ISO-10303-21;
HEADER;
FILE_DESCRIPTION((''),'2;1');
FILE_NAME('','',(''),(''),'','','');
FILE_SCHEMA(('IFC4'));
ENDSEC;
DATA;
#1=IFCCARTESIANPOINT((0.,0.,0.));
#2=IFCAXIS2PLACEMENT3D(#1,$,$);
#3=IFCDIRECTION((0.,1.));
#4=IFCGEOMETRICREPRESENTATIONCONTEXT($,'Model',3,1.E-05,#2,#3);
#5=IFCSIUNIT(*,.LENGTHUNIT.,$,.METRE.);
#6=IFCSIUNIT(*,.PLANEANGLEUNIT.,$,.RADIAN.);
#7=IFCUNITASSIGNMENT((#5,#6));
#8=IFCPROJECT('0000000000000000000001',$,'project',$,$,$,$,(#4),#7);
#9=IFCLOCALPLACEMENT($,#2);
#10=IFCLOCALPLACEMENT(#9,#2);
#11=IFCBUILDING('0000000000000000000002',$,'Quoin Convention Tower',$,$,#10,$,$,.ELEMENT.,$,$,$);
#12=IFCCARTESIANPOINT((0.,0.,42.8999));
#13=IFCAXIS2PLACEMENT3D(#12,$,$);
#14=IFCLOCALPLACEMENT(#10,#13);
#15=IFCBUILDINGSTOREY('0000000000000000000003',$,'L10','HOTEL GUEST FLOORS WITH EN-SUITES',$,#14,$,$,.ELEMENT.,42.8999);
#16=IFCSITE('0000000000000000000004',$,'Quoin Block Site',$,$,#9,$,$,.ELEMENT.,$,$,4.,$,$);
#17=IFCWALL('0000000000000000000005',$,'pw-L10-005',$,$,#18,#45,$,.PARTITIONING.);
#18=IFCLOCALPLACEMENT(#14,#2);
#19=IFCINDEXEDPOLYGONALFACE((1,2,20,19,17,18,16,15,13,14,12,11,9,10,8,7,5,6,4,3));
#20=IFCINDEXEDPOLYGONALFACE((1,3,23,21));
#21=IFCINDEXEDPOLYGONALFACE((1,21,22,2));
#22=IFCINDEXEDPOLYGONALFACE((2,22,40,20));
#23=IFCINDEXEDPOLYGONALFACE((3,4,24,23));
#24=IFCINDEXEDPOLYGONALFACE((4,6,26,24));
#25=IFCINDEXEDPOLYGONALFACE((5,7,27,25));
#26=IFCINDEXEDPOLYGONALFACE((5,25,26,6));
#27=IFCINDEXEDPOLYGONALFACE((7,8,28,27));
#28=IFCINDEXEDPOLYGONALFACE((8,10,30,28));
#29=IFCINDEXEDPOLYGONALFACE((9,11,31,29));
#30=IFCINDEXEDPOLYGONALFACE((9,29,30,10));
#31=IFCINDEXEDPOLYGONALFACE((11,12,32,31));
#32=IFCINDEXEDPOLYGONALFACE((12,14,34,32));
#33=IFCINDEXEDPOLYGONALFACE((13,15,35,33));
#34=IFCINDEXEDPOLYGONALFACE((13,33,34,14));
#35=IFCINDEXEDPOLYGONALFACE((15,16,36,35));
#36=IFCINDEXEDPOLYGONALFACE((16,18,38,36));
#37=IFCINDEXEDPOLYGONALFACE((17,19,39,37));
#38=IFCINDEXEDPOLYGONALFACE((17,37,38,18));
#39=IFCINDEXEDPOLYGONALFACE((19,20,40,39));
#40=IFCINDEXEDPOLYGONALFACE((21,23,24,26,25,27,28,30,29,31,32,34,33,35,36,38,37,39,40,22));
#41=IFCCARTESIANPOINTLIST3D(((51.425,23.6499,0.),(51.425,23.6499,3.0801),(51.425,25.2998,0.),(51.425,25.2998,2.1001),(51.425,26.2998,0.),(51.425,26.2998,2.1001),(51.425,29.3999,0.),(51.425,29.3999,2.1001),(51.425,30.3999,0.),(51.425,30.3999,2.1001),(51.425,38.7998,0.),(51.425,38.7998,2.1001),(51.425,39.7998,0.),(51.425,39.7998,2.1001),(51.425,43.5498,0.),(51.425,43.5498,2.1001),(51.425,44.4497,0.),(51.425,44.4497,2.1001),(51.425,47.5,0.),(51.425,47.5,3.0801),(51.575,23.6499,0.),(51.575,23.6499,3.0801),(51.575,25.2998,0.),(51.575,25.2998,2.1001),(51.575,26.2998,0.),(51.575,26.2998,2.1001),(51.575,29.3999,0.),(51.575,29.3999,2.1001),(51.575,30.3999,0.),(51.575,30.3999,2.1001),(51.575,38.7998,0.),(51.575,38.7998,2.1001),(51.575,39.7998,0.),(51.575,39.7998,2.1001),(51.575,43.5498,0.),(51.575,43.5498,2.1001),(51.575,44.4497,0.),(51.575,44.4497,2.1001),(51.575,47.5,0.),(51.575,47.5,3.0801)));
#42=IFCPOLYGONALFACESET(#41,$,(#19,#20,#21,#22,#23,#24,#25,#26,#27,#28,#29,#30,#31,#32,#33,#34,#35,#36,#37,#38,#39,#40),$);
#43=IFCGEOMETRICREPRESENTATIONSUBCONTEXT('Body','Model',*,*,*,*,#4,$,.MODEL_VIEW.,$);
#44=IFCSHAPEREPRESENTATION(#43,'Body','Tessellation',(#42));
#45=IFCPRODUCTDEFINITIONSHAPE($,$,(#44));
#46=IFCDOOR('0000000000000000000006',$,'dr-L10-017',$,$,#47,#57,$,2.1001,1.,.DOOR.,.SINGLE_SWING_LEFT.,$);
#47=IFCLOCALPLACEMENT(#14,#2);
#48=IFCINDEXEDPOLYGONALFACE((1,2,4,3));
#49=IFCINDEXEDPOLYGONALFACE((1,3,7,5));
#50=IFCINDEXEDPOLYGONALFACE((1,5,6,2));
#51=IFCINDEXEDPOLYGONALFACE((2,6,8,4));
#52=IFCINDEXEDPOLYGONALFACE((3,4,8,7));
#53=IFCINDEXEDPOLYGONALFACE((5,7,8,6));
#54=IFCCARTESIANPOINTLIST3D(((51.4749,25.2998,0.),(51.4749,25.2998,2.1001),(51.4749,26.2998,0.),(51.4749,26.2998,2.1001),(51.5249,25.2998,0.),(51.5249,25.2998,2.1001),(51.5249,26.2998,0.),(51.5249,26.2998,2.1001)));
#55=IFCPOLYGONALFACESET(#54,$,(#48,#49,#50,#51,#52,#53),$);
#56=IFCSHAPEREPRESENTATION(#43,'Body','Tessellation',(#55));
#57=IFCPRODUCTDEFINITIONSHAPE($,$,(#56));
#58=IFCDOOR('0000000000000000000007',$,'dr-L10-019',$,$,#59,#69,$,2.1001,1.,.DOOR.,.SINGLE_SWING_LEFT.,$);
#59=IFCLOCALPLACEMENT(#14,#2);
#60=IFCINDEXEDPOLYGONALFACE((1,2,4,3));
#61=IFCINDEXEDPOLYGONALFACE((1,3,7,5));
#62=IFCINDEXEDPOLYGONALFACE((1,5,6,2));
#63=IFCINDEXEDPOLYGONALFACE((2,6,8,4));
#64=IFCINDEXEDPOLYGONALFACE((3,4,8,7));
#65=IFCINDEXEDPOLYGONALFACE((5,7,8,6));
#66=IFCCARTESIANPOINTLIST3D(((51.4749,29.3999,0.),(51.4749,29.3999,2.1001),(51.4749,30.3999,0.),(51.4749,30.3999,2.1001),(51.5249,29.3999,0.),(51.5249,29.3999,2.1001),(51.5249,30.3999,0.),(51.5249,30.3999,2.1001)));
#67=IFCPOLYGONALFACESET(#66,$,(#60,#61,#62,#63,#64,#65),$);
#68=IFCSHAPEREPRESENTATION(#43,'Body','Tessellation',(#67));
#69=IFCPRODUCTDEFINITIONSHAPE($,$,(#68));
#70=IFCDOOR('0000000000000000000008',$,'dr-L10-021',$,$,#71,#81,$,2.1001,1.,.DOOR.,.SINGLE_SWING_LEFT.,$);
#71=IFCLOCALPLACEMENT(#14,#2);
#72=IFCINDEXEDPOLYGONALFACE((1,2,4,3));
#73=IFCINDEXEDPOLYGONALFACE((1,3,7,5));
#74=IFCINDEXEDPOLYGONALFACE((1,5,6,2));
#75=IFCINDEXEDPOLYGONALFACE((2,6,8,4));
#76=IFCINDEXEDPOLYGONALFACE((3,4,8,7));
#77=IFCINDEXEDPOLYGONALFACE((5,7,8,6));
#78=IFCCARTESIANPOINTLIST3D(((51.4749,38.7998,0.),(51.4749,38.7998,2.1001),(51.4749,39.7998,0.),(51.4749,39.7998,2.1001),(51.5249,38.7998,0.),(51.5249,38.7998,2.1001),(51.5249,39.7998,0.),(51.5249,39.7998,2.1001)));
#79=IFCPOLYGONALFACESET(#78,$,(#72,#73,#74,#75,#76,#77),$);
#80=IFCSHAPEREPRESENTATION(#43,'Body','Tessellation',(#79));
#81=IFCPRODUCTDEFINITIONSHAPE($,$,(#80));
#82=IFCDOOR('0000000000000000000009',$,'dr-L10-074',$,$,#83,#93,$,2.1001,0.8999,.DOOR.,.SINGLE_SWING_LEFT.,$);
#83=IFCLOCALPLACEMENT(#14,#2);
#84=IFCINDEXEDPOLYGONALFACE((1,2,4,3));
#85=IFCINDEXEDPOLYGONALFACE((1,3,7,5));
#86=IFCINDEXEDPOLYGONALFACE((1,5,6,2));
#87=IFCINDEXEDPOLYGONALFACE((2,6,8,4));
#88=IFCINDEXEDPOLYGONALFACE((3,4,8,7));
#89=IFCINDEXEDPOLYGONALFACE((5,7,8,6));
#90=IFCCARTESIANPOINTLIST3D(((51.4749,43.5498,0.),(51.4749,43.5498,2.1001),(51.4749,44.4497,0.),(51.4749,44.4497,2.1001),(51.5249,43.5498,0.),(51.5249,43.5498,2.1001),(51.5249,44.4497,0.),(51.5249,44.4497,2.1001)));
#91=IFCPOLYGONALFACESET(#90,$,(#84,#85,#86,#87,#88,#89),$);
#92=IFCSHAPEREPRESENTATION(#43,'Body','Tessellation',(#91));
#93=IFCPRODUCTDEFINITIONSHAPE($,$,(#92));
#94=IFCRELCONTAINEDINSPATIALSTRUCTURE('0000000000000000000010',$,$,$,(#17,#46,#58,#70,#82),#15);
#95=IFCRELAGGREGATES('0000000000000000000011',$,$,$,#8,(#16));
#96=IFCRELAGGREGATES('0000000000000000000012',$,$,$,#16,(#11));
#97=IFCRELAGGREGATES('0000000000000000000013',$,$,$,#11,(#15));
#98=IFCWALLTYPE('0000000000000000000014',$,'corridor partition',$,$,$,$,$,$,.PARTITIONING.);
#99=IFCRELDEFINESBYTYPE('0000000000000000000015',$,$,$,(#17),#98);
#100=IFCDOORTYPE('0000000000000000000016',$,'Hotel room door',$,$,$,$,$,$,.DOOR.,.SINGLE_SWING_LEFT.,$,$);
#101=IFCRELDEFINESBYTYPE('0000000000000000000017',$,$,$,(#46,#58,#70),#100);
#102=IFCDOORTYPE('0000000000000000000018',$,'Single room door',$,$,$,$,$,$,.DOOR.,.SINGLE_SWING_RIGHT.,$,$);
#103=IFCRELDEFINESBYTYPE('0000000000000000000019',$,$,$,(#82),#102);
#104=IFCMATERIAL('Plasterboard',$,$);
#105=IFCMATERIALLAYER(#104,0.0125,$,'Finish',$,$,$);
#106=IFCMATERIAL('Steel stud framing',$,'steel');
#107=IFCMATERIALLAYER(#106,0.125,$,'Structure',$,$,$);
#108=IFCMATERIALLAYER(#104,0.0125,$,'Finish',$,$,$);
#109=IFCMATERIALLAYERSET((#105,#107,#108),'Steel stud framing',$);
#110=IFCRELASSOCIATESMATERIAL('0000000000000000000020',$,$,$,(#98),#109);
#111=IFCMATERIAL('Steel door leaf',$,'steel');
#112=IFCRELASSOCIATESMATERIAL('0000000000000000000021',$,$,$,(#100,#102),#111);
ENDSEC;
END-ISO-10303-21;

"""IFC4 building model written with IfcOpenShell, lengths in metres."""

from ifc_helpers import new_model, si_unit, direction, frame, frame_2d, origin, place, context, subcontext, project, spatial, rectangle, extrude, material, layer, layer_set, type_object, element, fill, save


model = new_model("IFC4")

# Units and contexts
model_context = context("Model", 3, precision=1e-05, world=origin(), true_north=direction((0.0, 1.0)))
body_context = subcontext(model_context, "Body", "Model", "MODEL_VIEW")
ifc_project = project(units=[si_unit("LENGTHUNIT", "METRE"), si_unit("PLANEANGLEUNIT", "RADIAN")], contexts=[model_context])

# Site, building, storey
site_placement = place(None, origin())
site = spatial("IfcSite", under=ifc_project, at=site_placement, Name="Quoin Block Site", CompositionType="ELEMENT", RefElevation=4.0)
building_placement = place(site_placement, origin())
building = spatial("IfcBuilding", under=site, at=building_placement, Name="Quoin Convention Tower", CompositionType="ELEMENT")
storey_placement = place(building_placement, frame((0.0, 0.0, 42.8999)))
storey = spatial("IfcBuildingStorey", under=building, at=storey_placement, Name="L10", Description="HOTEL GUEST FLOORS WITH EN-SUITES", CompositionType="ELEMENT", Elevation=42.8999)

# Shared definitions
ifc_material_1 = material(Name="Steel door leaf", Category="steel")

# Wall, openings, doors
ifc_material_2 = material(Name="Plasterboard")
ifc_layer_1 = layer(ifc_material_2, 0.0125, Name="Finish")
ifc_material_3 = material(Name="Steel stud framing", Category="steel")
ifc_layer_2 = layer(ifc_material_3, 0.125, Name="Structure")
ifc_layer_3 = layer(ifc_material_2, 0.0125, Name="Finish")
ifc_layer_set_1 = layer_set([ifc_layer_1, ifc_layer_2, ifc_layer_3], Name="Steel stud framing")
wall_type_1 = type_object("IfcWallType", Name="corridor partition", PredefinedType="PARTITIONING", material=ifc_layer_set_1)
wall_1_placement = place(storey_placement, frame((51.5, 23.6499, 0.0), z_axis=(0.0, 0.0, 1.0), x_axis=(0.0, 1.0, 0.0)))
wall_1 = element("IfcWall", 1, at=wall_1_placement, inside=storey, type_object=wall_type_1, Name="pw-L10-005", PredefinedType="PARTITIONING", context=body_context, shape_type="SweptSolid", body=[
    extrude(rectangle(XDim=23.8501, YDim=0.1499, at=frame_2d((11.925, 0.0))), origin(), (0.0, 0.0, 1.0), 3.0801),
])
opening_1_placement = place(wall_1_placement, frame((1.6499, 0.0, 0.0)))
opening_1 = element("IfcOpeningElement", 2, at=opening_1_placement, cuts=wall_1, PredefinedType="OPENING", context=body_context, shape_type="SweptSolid", body=[
    extrude(rectangle(XDim=1.0, YDim=2.1001, at=frame_2d((0.5, 1.05))), frame((0.0, 0.085, 0.0), z_axis=(0.0, -1.0, 0.0), x_axis=(1.0, 0.0, 0.0)), (0.0, 0.0, 1.0), 0.1699),
])
opening_2_placement = place(wall_1_placement, frame((5.75, 0.0, 0.0)))
opening_2 = element("IfcOpeningElement", 3, at=opening_2_placement, cuts=wall_1, PredefinedType="OPENING", context=body_context, shape_type="SweptSolid", body=[
    extrude(rectangle(XDim=1.0, YDim=2.1001, at=frame_2d((0.5, 1.05))), frame((0.0, 0.085, 0.0), z_axis=(0.0, -1.0, 0.0), x_axis=(1.0, 0.0, 0.0)), (0.0, 0.0, 1.0), 0.1699),
])
opening_3_placement = place(wall_1_placement, frame((15.1499, 0.0, 0.0)))
opening_3 = element("IfcOpeningElement", 4, at=opening_3_placement, cuts=wall_1, PredefinedType="OPENING", context=body_context, shape_type="SweptSolid", body=[
    extrude(rectangle(XDim=1.0, YDim=2.1001, at=frame_2d((0.5, 1.05))), frame((0.0, 0.085, 0.0), z_axis=(0.0, -1.0, 0.0), x_axis=(1.0, 0.0, 0.0)), (0.0, 0.0, 1.0), 0.1699),
])
opening_4_placement = place(wall_1_placement, frame((19.8999, 0.0, 0.0)))
opening_4 = element("IfcOpeningElement", 5, at=opening_4_placement, cuts=wall_1, PredefinedType="OPENING", context=body_context, shape_type="SweptSolid", body=[
    extrude(rectangle(XDim=0.8999, YDim=2.1001, at=frame_2d((0.45, 1.05))), frame((0.0, 0.085, 0.0), z_axis=(0.0, -1.0, 0.0), x_axis=(1.0, 0.0, 0.0)), (0.0, 0.0, 1.0), 0.1699),
])
door_type_1 = type_object("IfcDoorType", Name="Hotel room door", OperationType="SINGLE_SWING_LEFT", PredefinedType="DOOR", material=ifc_material_1)
door_1_placement = place(opening_1_placement, frame((1.0, 0.0, 0.0), z_axis=(0.0, 0.0, 1.0), x_axis=(-1.0, 0.0, 0.0)))
door_1 = element("IfcDoor", 6, at=door_1_placement, inside=storey, type_object=door_type_1, Name="dr-L10-017", OperationType="SINGLE_SWING_LEFT", OverallHeight=2.1001, OverallWidth=1.0, PredefinedType="DOOR", context=body_context, shape_type="SweptSolid", body=[
    extrude(rectangle(XDim=1.0, YDim=2.1001, at=frame_2d((0.5, 1.05))), frame((0.0, 0.0249, 0.0), z_axis=(0.0, -1.0, 0.0), x_axis=(1.0, 0.0, 0.0)), (0.0, 0.0, 1.0), 0.05),
])
fill(opening_1, door_1)
door_2_placement = place(opening_2_placement, frame((1.0, 0.0, 0.0), z_axis=(0.0, 0.0, 1.0), x_axis=(-1.0, 0.0, 0.0)))
door_2 = element("IfcDoor", 7, at=door_2_placement, inside=storey, type_object=door_type_1, Name="dr-L10-019", OperationType="SINGLE_SWING_LEFT", OverallHeight=2.1001, OverallWidth=1.0, PredefinedType="DOOR", context=body_context, shape_type="SweptSolid", body=[
    extrude(rectangle(XDim=1.0, YDim=2.1001, at=frame_2d((0.5, 1.05))), frame((0.0, 0.0249, 0.0), z_axis=(0.0, -1.0, 0.0), x_axis=(1.0, 0.0, 0.0)), (0.0, 0.0, 1.0), 0.05),
])
fill(opening_2, door_2)
door_3_placement = place(opening_3_placement, frame((1.0, 0.0, 0.0), z_axis=(0.0, 0.0, 1.0), x_axis=(-1.0, 0.0, 0.0)))
door_3 = element("IfcDoor", 8, at=door_3_placement, inside=storey, type_object=door_type_1, Name="dr-L10-021", OperationType="SINGLE_SWING_LEFT", OverallHeight=2.1001, OverallWidth=1.0, PredefinedType="DOOR", context=body_context, shape_type="SweptSolid", body=[
    extrude(rectangle(XDim=1.0, YDim=2.1001, at=frame_2d((0.5, 1.05))), frame((0.0, 0.0249, 0.0), z_axis=(0.0, -1.0, 0.0), x_axis=(1.0, 0.0, 0.0)), (0.0, 0.0, 1.0), 0.05),
])
fill(opening_3, door_3)
door_type_2 = type_object("IfcDoorType", Name="Single room door", OperationType="SINGLE_SWING_RIGHT", PredefinedType="DOOR", material=ifc_material_1)
door_4_placement = place(opening_4_placement, frame((0.8999, 0.0, 0.0), z_axis=(0.0, 0.0, 1.0), x_axis=(-1.0, 0.0, 0.0)))
door_4 = element("IfcDoor", 9, at=door_4_placement, inside=storey, type_object=door_type_2, Name="dr-L10-074", OperationType="SINGLE_SWING_LEFT", OverallHeight=2.1001, OverallWidth=0.8999, PredefinedType="DOOR", context=body_context, shape_type="SweptSolid", body=[
    extrude(rectangle(XDim=0.8999, YDim=2.1001, at=frame_2d((0.45, 1.05))), frame((0.0, 0.0249, 0.0), z_axis=(0.0, -1.0, 0.0), x_axis=(1.0, 0.0, 0.0)), (0.0, 0.0, 1.0), 0.05),
])
fill(opening_4, door_4)

save(model, "model.ifc")
